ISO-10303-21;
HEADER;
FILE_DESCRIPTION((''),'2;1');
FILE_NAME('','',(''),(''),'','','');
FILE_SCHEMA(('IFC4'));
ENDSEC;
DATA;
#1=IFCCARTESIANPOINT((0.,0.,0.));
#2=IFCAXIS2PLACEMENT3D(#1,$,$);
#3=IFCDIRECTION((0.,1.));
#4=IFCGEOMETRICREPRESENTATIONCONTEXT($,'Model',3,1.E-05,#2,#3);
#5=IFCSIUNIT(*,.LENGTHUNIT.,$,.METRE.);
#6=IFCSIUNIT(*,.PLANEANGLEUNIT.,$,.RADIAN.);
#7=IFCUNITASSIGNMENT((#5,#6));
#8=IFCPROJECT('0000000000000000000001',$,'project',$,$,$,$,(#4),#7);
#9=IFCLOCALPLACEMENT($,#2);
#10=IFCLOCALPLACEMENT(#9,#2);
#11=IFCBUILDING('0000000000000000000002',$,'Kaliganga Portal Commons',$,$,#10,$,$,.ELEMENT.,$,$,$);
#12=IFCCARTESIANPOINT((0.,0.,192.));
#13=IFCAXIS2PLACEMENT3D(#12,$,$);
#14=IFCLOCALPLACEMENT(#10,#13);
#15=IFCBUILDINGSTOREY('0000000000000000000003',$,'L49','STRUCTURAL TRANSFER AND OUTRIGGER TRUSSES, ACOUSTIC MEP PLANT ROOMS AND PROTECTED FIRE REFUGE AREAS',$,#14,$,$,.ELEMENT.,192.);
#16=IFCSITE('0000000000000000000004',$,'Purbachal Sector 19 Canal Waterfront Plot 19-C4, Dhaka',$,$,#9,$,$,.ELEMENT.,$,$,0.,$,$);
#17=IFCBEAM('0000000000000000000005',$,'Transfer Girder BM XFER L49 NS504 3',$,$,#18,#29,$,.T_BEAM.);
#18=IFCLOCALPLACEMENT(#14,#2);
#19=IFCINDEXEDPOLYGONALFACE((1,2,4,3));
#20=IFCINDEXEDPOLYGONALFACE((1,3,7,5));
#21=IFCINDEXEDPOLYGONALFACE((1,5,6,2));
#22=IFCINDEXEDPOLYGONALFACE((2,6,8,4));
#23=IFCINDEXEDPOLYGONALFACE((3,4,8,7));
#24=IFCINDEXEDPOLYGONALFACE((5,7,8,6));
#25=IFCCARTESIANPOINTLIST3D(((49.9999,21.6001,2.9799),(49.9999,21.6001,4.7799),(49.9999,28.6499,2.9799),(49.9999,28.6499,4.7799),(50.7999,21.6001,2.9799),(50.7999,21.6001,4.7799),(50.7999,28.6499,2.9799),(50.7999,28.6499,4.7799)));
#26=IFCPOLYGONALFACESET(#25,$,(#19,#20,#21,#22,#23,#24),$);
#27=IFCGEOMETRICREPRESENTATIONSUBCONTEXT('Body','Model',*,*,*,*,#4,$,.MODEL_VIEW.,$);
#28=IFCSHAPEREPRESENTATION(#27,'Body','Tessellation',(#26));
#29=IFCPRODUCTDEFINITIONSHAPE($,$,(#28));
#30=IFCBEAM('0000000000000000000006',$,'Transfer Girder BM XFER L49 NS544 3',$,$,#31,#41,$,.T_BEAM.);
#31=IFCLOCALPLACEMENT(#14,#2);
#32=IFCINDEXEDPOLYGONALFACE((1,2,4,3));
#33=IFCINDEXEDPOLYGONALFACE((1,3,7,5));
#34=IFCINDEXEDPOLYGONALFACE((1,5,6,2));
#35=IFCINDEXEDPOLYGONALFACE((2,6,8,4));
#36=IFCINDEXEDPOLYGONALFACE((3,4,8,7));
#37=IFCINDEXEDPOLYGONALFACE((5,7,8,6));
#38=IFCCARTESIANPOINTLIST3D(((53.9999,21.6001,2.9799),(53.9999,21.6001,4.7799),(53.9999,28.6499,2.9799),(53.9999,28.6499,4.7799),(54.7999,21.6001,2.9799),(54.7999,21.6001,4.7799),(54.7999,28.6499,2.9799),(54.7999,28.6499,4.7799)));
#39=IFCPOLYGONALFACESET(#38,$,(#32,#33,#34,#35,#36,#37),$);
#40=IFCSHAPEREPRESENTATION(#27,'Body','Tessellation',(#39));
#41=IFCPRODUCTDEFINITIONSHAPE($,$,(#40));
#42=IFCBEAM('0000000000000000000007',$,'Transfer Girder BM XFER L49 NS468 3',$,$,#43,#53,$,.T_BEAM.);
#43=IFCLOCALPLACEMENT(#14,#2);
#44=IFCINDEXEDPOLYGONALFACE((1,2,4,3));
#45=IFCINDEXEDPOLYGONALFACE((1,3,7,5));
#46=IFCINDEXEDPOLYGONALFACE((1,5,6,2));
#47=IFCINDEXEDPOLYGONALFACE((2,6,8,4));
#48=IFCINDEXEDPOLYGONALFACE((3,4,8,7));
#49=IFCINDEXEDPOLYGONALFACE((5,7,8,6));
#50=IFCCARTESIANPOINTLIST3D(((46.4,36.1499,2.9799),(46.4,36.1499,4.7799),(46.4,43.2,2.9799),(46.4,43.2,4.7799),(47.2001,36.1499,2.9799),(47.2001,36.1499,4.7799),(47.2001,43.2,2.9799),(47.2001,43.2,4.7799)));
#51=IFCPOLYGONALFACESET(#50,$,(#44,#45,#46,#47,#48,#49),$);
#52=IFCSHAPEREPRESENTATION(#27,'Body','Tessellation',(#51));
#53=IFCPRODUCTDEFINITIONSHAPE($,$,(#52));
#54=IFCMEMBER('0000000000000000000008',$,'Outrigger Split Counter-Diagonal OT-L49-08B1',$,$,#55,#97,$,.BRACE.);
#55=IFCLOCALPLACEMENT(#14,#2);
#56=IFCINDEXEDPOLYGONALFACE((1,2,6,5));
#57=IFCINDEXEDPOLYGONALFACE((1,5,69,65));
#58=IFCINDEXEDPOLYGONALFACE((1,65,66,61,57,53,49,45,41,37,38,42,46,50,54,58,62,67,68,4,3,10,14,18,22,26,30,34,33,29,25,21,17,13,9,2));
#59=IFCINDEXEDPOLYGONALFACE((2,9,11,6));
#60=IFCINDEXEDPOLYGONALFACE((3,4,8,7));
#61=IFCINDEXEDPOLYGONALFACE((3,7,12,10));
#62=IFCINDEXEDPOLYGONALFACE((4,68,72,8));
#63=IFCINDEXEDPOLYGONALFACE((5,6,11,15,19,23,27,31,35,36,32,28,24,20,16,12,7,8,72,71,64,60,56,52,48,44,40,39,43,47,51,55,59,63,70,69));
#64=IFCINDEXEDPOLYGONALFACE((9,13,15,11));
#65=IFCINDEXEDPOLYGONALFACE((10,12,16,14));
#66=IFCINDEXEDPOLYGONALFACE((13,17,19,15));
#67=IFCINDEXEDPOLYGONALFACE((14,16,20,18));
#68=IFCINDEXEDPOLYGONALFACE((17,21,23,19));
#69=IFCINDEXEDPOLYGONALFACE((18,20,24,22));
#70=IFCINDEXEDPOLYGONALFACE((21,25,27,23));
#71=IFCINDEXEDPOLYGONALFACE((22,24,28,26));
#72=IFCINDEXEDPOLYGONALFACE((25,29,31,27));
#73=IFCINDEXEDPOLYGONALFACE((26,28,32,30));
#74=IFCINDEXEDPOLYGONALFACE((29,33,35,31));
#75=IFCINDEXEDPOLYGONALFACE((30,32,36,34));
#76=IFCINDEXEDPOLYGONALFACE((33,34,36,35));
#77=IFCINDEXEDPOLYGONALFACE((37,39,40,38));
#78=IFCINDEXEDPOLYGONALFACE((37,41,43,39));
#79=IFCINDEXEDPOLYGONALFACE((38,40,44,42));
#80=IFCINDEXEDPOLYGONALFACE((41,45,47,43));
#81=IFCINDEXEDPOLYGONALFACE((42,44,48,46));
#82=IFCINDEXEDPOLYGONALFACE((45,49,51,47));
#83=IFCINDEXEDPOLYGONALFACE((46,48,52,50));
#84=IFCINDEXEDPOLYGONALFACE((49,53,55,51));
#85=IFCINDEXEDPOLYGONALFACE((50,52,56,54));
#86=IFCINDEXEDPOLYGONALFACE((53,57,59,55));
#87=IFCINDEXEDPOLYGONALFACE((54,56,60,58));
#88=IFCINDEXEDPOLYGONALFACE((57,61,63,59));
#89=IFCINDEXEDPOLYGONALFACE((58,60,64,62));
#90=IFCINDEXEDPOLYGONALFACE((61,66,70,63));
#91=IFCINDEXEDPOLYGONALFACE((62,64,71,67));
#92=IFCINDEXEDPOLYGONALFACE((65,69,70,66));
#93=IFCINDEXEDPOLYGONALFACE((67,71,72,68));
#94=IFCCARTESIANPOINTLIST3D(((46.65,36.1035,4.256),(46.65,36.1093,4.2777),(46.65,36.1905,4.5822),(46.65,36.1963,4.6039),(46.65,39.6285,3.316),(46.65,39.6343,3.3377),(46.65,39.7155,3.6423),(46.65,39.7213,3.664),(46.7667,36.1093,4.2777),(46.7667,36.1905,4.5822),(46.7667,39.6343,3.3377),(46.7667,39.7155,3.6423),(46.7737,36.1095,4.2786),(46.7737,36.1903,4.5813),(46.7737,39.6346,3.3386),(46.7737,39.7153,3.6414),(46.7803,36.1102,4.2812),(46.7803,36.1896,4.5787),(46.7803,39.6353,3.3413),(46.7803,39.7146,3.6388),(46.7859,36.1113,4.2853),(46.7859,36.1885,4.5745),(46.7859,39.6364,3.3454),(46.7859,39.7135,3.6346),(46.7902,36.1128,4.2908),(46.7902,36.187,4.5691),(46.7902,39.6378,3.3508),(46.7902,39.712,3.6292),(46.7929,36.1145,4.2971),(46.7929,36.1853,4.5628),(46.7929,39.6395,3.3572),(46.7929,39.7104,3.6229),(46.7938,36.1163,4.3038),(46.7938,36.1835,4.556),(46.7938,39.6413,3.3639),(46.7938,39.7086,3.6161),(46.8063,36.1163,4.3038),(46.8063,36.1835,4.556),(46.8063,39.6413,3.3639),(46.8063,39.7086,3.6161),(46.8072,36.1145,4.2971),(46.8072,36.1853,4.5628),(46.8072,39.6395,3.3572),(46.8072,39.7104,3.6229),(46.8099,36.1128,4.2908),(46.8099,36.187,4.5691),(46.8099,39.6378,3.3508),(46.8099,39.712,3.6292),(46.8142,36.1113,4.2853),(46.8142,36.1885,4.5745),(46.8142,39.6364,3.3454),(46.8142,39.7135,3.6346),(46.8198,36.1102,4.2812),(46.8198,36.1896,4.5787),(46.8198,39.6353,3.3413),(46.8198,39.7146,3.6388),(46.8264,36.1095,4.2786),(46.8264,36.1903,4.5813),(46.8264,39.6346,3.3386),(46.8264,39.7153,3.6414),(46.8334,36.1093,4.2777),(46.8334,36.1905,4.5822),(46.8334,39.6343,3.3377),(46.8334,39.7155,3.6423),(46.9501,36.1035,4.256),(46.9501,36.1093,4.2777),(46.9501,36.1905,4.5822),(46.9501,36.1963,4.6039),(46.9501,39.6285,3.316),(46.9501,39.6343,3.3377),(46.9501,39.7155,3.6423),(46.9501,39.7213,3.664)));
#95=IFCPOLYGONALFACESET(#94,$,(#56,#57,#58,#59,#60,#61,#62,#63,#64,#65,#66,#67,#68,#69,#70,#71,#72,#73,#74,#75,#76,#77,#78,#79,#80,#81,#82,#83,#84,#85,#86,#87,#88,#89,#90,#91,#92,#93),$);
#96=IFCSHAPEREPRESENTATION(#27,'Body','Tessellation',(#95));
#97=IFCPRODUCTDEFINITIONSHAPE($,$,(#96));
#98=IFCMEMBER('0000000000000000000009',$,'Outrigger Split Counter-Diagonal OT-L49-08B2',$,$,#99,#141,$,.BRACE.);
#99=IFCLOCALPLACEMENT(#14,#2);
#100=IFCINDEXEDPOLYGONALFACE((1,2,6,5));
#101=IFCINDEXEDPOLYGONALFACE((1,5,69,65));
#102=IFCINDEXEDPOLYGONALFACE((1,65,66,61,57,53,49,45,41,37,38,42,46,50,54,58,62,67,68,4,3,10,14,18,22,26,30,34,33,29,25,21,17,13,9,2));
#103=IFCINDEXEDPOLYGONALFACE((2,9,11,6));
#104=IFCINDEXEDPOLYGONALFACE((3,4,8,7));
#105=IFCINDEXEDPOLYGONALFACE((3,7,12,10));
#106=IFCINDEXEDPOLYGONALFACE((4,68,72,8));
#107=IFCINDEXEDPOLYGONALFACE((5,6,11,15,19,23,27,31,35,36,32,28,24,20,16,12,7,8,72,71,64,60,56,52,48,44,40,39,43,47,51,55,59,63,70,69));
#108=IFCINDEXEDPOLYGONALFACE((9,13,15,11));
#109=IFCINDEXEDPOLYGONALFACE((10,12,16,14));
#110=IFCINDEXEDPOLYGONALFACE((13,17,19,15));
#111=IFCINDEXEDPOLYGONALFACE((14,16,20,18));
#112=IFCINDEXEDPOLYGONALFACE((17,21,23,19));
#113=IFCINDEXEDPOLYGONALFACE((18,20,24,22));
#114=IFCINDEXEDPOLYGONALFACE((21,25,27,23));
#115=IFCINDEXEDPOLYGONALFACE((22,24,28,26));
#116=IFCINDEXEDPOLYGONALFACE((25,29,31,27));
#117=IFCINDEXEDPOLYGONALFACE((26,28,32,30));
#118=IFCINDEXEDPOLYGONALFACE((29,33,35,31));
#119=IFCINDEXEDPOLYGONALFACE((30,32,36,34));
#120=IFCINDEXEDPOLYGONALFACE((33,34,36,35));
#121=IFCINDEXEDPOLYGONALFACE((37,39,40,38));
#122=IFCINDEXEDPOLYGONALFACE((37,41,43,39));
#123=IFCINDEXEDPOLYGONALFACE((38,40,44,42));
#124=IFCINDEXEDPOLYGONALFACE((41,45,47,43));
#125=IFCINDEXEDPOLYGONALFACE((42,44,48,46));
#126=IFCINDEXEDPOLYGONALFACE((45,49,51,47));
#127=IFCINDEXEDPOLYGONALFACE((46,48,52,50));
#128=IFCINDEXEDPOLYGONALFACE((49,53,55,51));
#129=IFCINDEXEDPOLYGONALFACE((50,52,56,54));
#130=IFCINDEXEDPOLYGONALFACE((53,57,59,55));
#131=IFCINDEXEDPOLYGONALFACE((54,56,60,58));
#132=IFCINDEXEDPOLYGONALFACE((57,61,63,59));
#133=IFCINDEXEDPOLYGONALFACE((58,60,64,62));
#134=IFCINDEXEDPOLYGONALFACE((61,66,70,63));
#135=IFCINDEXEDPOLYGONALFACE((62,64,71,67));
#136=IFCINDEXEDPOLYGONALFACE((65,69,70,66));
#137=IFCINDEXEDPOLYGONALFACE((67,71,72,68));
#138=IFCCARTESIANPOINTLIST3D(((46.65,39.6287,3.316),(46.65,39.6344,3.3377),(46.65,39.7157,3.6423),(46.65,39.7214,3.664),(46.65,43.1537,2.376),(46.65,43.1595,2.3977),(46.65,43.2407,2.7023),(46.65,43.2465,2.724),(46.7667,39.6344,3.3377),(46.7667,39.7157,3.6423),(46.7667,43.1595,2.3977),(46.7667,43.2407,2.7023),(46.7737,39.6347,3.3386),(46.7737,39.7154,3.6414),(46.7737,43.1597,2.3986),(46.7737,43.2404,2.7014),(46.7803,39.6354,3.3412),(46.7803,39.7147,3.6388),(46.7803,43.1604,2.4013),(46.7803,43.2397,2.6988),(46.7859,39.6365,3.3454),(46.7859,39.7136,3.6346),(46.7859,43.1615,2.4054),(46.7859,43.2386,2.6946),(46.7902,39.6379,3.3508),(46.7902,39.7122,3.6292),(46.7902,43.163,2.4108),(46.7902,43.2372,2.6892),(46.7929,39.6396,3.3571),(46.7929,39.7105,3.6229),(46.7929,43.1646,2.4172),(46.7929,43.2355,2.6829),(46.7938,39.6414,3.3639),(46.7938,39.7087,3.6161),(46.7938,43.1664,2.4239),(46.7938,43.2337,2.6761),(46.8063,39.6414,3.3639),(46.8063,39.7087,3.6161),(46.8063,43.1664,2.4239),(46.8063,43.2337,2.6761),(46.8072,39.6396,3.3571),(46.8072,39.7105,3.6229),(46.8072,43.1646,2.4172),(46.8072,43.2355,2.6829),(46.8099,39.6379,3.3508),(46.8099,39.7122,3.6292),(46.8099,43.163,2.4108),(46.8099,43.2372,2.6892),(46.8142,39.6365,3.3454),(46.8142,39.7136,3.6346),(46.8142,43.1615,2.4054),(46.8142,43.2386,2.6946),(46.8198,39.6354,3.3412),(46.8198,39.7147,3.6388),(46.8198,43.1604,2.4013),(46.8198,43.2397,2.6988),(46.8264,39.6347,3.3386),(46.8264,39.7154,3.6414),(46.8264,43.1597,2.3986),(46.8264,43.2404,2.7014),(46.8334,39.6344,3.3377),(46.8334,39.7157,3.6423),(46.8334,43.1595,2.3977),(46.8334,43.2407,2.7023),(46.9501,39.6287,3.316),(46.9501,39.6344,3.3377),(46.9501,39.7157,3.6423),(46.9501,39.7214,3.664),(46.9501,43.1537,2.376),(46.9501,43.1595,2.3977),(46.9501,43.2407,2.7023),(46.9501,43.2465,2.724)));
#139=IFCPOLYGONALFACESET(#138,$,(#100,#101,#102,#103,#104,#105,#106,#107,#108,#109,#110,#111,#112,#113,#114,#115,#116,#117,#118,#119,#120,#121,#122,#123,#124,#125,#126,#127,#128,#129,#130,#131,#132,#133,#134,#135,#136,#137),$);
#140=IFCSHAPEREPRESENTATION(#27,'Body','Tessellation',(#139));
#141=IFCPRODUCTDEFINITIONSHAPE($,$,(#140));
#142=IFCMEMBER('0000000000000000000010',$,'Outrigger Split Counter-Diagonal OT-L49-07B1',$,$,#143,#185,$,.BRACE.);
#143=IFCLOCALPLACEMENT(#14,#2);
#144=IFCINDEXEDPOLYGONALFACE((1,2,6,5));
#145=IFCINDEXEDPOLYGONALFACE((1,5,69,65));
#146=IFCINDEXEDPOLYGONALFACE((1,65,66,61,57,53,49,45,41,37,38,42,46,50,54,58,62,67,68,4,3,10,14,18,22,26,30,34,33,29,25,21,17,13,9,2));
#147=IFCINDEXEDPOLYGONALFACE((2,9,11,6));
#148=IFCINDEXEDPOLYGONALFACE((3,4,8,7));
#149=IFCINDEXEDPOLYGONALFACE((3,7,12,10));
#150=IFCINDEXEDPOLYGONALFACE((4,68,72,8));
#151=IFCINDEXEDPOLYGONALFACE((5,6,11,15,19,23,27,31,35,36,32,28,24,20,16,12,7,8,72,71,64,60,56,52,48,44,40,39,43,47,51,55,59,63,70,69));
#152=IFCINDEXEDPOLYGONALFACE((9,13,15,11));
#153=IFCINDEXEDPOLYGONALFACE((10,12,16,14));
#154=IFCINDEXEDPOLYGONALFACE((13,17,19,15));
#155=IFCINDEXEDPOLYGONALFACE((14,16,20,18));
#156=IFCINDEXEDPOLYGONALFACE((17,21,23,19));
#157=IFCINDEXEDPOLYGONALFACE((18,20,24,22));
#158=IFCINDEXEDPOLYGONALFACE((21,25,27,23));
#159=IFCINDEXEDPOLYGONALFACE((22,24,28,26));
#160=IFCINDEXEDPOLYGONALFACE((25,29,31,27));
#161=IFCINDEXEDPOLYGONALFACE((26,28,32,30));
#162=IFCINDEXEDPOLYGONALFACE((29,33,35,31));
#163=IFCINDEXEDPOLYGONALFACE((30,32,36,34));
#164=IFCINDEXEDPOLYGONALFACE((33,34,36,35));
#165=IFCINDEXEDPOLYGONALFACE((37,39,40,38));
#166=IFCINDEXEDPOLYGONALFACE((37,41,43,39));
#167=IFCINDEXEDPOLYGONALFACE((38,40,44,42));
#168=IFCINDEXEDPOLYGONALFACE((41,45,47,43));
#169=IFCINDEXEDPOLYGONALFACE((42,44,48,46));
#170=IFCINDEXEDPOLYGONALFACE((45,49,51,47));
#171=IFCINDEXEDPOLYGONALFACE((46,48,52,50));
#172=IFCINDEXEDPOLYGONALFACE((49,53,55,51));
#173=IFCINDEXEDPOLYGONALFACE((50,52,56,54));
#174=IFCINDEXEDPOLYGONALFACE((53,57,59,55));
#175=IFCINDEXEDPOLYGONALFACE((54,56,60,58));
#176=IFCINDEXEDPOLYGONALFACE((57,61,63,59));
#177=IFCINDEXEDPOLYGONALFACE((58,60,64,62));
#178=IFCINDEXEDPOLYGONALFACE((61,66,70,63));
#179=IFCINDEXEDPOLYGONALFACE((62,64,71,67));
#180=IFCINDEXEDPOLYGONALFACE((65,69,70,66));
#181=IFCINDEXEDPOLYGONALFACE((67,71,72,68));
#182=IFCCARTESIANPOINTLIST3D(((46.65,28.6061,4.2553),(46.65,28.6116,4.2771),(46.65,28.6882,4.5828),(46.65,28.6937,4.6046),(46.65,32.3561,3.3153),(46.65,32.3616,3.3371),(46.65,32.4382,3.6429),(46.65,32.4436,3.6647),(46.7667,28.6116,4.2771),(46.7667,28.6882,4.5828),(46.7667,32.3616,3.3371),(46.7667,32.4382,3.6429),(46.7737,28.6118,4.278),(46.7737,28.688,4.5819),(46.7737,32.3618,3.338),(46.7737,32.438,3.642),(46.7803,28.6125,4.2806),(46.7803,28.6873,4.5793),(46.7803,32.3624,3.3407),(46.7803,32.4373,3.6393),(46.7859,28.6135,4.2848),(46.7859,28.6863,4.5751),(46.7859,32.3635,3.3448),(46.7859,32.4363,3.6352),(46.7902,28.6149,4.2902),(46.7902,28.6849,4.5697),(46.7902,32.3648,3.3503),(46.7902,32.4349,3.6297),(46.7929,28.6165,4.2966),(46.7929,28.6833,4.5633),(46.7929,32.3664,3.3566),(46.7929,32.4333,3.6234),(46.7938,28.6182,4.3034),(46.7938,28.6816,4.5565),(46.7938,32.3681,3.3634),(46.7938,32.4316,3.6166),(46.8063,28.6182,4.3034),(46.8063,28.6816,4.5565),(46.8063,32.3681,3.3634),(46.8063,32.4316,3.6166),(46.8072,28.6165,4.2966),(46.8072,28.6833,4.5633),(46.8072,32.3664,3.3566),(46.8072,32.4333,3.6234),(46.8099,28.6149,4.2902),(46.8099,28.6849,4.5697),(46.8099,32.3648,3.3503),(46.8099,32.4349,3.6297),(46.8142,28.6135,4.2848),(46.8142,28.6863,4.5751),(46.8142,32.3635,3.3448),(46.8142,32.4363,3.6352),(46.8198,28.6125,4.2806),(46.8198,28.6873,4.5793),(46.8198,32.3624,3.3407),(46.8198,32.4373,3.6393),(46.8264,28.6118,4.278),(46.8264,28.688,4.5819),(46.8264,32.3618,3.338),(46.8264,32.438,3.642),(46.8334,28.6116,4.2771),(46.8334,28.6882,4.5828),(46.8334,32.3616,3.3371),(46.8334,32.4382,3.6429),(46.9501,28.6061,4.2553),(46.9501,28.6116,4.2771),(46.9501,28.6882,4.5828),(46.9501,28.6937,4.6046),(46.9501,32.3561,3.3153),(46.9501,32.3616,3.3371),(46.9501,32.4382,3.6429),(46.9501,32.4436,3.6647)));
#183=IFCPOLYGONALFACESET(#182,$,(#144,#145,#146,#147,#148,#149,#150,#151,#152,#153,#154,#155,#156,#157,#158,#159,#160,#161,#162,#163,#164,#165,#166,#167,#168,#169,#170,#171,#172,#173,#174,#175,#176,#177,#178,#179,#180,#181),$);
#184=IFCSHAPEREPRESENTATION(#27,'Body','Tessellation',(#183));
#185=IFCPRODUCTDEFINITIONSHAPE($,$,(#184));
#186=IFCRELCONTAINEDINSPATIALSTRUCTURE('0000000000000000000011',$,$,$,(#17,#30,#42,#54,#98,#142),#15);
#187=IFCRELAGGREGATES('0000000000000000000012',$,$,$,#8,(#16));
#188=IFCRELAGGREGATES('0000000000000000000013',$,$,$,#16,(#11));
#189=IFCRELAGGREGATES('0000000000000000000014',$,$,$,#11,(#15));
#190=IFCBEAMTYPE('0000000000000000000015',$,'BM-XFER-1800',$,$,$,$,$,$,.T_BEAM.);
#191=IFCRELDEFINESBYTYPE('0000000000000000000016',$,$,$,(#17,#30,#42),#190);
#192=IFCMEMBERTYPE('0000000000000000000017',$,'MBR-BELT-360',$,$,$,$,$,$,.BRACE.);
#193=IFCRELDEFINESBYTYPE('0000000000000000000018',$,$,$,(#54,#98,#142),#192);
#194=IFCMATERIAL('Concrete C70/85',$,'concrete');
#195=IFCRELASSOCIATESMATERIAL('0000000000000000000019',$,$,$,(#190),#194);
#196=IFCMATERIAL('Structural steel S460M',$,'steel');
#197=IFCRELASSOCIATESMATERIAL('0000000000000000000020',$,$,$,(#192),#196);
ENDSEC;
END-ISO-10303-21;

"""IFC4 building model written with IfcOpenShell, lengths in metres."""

from ifc_helpers import new_model, si_unit, direction, frame, origin, origin_2d, place, context, subcontext, project, spatial, rectangle, i_section, extrude, source, transform, mapped, material, material_profile, profile_set, type_object, element, save


model = new_model("IFC4")

# Units and contexts
model_context = context("Model", 3, precision=1e-05, world=origin(), true_north=direction((0.0, 1.0)))
body_context = subcontext(model_context, "Body", "Model", "MODEL_VIEW")
ifc_project = project(units=[si_unit("LENGTHUNIT", "METRE"), si_unit("PLANEANGLEUNIT", "RADIAN")], contexts=[model_context])

# Site, building, storey
site_placement = place(None, origin())
site = spatial("IfcSite", under=ifc_project, at=site_placement, Name="Purbachal Sector 19 Canal Waterfront Plot 19-C4, Dhaka", CompositionType="ELEMENT", RefElevation=0.0)
building_placement = place(site_placement, origin())
building = spatial("IfcBuilding", under=site, at=building_placement, Name="Kaliganga Portal Commons", CompositionType="ELEMENT")
storey_placement = place(building_placement, frame((0.0, 0.0, 192.0)))
storey = spatial("IfcBuildingStorey", under=building, at=storey_placement, Name="L49", Description="STRUCTURAL TRANSFER AND OUTRIGGER TRUSSES, ACOUSTIC MEP PLANT ROOMS AND PROTECTED FIRE REFUGE AREAS", CompositionType="ELEMENT", Elevation=192.0)

# Beams
ifc_material_1 = material(Name="Concrete C70/85", Category="concrete")
ifc_material_profile_1 = material_profile(ifc_material_1, rectangle(XDim=0.8, YDim=1.8, at=origin_2d()), Name="RC 800x1800")
ifc_profile_set_1 = profile_set([ifc_material_profile_1], Name="Concrete C70/85")
beam_type_1 = type_object("IfcBeamType", Name="BM-XFER-1800", PredefinedType="T_BEAM", material=ifc_profile_set_1)
shared_shape_1 = source(origin(), body_context, "Body", "SweptSolid", [
    extrude(rectangle(XDim=0.8, YDim=1.8, at=origin_2d()), origin(), (0.0, 0.0, 1.0), 7.0498),
])
for number, where, z_axis, x_axis, name in (
    (1, (50.3999, 21.6001, 3.8799), (0.0, 1.0, 0.0), (-1.0, 0.0, 0.0), "Transfer Girder BM XFER L49 NS504 3"),
    (2, (54.3999, 21.6001, 3.8799), (0.0, 1.0, 0.0), (-1.0, 0.0, 0.0), "Transfer Girder BM XFER L49 NS544 3"),
):
    element("IfcBeam", number, at=place(storey_placement, frame(where, z_axis=z_axis, x_axis=x_axis)), inside=storey, type_object=beam_type_1, Name=name, PredefinedType="T_BEAM", context=body_context, shape_type="MappedRepresentation", body=[
        mapped(shared_shape_1, transform((0.0, 0.0, 0.0), x_axis=(1.0, 0.0, 0.0), y_axis=(0.0, 1.0, 0.0), z_axis=(0.0, 0.0, 1.0), scale=1.0)),
    ])
shared_shape_2 = source(origin(), body_context, "Body", "SweptSolid", [
    extrude(rectangle(XDim=0.8, YDim=1.8, at=origin_2d()), origin(), (0.0, 0.0, 1.0), 7.05),
])
beam_1_placement = place(storey_placement, frame((46.8, 36.1499, 3.8799), z_axis=(0.0, 1.0, 0.0), x_axis=(-1.0, 0.0, 0.0)))
element("IfcBeam", 3, at=beam_1_placement, inside=storey, type_object=beam_type_1, Name="Transfer Girder BM XFER L49 NS468 3", PredefinedType="T_BEAM", context=body_context, shape_type="MappedRepresentation", body=[
    mapped(shared_shape_2, transform((0.0, 0.0, 0.0), x_axis=(1.0, 0.0, 0.0), y_axis=(0.0, 1.0, 0.0), z_axis=(0.0, 0.0, 1.0), scale=1.0)),
])

# Members
ifc_material_2 = material(Name="Structural steel S460M", Category="steel")
ifc_material_profile_2 = material_profile(ifc_material_2, i_section(OverallWidth=0.3, OverallDepth=0.3601, WebThickness=0.0125, FlangeThickness=0.0225, FilletRadius=0.0271, at=origin_2d()), Name="HE 360 B")
ifc_profile_set_2 = profile_set([ifc_material_profile_2], Name="Structural steel S460M wide-flange")
member_type_1 = type_object("IfcMemberType", Name="MBR-BELT-360", PredefinedType="BRACE", material=ifc_profile_set_2)
shared_shape_3 = source(origin(), body_context, "Body", "SweptSolid", [
    extrude(i_section(OverallWidth=0.3, OverallDepth=0.3601, WebThickness=0.0125, FlangeThickness=0.0225, FilletRadius=0.0271, at=origin_2d()), origin(), (0.0, 0.0, 1.0), 3.6482),
])
for number, where, z_axis, x_axis, name in (
    (4, (46.8, 36.1499, 4.4299), (0.0, 0.966242, -0.257638), (-1.0, 0.0, 0.0), "Outrigger Split Counter-Diagonal OT-L49-08B1"),
    (5, (46.8, 39.675, 3.49), (0.0, 0.966237, -0.257654), (-1.0, 0.0, 0.0), "Outrigger Split Counter-Diagonal OT-L49-08B2"),
):
    element("IfcMember", number, at=place(storey_placement, frame(where, z_axis=z_axis, x_axis=x_axis)), inside=storey, type_object=member_type_1, Name=name, PredefinedType="BRACE", context=body_context, shape_type="MappedRepresentation", body=[
        mapped(shared_shape_3, transform((0.0, 0.0, 0.0), x_axis=(1.0, 0.0, 0.0), y_axis=(0.0, 1.0, 0.0), z_axis=(0.0, 0.0, 1.0), scale=1.0)),
    ])
shared_shape_4 = source(origin(), body_context, "Body", "SweptSolid", [
    extrude(i_section(OverallWidth=0.3, OverallDepth=0.3601, WebThickness=0.0125, FlangeThickness=0.0225, FilletRadius=0.0271, at=origin_2d()), origin(), (0.0, 0.0, 1.0), 3.866),
])
for number, where, z_axis, x_axis, name in (
    (6, (46.8, 28.6499, 4.4299), (0.0, 0.969994, -0.24313), (-1.0, 0.0, 0.0), "Outrigger Split Counter-Diagonal OT-L49-07B1"),
):
    element("IfcMember", number, at=place(storey_placement, frame(where, z_axis=z_axis, x_axis=x_axis)), inside=storey, type_object=member_type_1, Name=name, PredefinedType="BRACE", context=body_context, shape_type="MappedRepresentation", body=[
        mapped(shared_shape_4, transform((0.0, 0.0, 0.0), x_axis=(1.0, 0.0, 0.0), y_axis=(0.0, 1.0, 0.0), z_axis=(0.0, 0.0, 1.0), scale=1.0)),
    ])

save(model, "model.ifc")
